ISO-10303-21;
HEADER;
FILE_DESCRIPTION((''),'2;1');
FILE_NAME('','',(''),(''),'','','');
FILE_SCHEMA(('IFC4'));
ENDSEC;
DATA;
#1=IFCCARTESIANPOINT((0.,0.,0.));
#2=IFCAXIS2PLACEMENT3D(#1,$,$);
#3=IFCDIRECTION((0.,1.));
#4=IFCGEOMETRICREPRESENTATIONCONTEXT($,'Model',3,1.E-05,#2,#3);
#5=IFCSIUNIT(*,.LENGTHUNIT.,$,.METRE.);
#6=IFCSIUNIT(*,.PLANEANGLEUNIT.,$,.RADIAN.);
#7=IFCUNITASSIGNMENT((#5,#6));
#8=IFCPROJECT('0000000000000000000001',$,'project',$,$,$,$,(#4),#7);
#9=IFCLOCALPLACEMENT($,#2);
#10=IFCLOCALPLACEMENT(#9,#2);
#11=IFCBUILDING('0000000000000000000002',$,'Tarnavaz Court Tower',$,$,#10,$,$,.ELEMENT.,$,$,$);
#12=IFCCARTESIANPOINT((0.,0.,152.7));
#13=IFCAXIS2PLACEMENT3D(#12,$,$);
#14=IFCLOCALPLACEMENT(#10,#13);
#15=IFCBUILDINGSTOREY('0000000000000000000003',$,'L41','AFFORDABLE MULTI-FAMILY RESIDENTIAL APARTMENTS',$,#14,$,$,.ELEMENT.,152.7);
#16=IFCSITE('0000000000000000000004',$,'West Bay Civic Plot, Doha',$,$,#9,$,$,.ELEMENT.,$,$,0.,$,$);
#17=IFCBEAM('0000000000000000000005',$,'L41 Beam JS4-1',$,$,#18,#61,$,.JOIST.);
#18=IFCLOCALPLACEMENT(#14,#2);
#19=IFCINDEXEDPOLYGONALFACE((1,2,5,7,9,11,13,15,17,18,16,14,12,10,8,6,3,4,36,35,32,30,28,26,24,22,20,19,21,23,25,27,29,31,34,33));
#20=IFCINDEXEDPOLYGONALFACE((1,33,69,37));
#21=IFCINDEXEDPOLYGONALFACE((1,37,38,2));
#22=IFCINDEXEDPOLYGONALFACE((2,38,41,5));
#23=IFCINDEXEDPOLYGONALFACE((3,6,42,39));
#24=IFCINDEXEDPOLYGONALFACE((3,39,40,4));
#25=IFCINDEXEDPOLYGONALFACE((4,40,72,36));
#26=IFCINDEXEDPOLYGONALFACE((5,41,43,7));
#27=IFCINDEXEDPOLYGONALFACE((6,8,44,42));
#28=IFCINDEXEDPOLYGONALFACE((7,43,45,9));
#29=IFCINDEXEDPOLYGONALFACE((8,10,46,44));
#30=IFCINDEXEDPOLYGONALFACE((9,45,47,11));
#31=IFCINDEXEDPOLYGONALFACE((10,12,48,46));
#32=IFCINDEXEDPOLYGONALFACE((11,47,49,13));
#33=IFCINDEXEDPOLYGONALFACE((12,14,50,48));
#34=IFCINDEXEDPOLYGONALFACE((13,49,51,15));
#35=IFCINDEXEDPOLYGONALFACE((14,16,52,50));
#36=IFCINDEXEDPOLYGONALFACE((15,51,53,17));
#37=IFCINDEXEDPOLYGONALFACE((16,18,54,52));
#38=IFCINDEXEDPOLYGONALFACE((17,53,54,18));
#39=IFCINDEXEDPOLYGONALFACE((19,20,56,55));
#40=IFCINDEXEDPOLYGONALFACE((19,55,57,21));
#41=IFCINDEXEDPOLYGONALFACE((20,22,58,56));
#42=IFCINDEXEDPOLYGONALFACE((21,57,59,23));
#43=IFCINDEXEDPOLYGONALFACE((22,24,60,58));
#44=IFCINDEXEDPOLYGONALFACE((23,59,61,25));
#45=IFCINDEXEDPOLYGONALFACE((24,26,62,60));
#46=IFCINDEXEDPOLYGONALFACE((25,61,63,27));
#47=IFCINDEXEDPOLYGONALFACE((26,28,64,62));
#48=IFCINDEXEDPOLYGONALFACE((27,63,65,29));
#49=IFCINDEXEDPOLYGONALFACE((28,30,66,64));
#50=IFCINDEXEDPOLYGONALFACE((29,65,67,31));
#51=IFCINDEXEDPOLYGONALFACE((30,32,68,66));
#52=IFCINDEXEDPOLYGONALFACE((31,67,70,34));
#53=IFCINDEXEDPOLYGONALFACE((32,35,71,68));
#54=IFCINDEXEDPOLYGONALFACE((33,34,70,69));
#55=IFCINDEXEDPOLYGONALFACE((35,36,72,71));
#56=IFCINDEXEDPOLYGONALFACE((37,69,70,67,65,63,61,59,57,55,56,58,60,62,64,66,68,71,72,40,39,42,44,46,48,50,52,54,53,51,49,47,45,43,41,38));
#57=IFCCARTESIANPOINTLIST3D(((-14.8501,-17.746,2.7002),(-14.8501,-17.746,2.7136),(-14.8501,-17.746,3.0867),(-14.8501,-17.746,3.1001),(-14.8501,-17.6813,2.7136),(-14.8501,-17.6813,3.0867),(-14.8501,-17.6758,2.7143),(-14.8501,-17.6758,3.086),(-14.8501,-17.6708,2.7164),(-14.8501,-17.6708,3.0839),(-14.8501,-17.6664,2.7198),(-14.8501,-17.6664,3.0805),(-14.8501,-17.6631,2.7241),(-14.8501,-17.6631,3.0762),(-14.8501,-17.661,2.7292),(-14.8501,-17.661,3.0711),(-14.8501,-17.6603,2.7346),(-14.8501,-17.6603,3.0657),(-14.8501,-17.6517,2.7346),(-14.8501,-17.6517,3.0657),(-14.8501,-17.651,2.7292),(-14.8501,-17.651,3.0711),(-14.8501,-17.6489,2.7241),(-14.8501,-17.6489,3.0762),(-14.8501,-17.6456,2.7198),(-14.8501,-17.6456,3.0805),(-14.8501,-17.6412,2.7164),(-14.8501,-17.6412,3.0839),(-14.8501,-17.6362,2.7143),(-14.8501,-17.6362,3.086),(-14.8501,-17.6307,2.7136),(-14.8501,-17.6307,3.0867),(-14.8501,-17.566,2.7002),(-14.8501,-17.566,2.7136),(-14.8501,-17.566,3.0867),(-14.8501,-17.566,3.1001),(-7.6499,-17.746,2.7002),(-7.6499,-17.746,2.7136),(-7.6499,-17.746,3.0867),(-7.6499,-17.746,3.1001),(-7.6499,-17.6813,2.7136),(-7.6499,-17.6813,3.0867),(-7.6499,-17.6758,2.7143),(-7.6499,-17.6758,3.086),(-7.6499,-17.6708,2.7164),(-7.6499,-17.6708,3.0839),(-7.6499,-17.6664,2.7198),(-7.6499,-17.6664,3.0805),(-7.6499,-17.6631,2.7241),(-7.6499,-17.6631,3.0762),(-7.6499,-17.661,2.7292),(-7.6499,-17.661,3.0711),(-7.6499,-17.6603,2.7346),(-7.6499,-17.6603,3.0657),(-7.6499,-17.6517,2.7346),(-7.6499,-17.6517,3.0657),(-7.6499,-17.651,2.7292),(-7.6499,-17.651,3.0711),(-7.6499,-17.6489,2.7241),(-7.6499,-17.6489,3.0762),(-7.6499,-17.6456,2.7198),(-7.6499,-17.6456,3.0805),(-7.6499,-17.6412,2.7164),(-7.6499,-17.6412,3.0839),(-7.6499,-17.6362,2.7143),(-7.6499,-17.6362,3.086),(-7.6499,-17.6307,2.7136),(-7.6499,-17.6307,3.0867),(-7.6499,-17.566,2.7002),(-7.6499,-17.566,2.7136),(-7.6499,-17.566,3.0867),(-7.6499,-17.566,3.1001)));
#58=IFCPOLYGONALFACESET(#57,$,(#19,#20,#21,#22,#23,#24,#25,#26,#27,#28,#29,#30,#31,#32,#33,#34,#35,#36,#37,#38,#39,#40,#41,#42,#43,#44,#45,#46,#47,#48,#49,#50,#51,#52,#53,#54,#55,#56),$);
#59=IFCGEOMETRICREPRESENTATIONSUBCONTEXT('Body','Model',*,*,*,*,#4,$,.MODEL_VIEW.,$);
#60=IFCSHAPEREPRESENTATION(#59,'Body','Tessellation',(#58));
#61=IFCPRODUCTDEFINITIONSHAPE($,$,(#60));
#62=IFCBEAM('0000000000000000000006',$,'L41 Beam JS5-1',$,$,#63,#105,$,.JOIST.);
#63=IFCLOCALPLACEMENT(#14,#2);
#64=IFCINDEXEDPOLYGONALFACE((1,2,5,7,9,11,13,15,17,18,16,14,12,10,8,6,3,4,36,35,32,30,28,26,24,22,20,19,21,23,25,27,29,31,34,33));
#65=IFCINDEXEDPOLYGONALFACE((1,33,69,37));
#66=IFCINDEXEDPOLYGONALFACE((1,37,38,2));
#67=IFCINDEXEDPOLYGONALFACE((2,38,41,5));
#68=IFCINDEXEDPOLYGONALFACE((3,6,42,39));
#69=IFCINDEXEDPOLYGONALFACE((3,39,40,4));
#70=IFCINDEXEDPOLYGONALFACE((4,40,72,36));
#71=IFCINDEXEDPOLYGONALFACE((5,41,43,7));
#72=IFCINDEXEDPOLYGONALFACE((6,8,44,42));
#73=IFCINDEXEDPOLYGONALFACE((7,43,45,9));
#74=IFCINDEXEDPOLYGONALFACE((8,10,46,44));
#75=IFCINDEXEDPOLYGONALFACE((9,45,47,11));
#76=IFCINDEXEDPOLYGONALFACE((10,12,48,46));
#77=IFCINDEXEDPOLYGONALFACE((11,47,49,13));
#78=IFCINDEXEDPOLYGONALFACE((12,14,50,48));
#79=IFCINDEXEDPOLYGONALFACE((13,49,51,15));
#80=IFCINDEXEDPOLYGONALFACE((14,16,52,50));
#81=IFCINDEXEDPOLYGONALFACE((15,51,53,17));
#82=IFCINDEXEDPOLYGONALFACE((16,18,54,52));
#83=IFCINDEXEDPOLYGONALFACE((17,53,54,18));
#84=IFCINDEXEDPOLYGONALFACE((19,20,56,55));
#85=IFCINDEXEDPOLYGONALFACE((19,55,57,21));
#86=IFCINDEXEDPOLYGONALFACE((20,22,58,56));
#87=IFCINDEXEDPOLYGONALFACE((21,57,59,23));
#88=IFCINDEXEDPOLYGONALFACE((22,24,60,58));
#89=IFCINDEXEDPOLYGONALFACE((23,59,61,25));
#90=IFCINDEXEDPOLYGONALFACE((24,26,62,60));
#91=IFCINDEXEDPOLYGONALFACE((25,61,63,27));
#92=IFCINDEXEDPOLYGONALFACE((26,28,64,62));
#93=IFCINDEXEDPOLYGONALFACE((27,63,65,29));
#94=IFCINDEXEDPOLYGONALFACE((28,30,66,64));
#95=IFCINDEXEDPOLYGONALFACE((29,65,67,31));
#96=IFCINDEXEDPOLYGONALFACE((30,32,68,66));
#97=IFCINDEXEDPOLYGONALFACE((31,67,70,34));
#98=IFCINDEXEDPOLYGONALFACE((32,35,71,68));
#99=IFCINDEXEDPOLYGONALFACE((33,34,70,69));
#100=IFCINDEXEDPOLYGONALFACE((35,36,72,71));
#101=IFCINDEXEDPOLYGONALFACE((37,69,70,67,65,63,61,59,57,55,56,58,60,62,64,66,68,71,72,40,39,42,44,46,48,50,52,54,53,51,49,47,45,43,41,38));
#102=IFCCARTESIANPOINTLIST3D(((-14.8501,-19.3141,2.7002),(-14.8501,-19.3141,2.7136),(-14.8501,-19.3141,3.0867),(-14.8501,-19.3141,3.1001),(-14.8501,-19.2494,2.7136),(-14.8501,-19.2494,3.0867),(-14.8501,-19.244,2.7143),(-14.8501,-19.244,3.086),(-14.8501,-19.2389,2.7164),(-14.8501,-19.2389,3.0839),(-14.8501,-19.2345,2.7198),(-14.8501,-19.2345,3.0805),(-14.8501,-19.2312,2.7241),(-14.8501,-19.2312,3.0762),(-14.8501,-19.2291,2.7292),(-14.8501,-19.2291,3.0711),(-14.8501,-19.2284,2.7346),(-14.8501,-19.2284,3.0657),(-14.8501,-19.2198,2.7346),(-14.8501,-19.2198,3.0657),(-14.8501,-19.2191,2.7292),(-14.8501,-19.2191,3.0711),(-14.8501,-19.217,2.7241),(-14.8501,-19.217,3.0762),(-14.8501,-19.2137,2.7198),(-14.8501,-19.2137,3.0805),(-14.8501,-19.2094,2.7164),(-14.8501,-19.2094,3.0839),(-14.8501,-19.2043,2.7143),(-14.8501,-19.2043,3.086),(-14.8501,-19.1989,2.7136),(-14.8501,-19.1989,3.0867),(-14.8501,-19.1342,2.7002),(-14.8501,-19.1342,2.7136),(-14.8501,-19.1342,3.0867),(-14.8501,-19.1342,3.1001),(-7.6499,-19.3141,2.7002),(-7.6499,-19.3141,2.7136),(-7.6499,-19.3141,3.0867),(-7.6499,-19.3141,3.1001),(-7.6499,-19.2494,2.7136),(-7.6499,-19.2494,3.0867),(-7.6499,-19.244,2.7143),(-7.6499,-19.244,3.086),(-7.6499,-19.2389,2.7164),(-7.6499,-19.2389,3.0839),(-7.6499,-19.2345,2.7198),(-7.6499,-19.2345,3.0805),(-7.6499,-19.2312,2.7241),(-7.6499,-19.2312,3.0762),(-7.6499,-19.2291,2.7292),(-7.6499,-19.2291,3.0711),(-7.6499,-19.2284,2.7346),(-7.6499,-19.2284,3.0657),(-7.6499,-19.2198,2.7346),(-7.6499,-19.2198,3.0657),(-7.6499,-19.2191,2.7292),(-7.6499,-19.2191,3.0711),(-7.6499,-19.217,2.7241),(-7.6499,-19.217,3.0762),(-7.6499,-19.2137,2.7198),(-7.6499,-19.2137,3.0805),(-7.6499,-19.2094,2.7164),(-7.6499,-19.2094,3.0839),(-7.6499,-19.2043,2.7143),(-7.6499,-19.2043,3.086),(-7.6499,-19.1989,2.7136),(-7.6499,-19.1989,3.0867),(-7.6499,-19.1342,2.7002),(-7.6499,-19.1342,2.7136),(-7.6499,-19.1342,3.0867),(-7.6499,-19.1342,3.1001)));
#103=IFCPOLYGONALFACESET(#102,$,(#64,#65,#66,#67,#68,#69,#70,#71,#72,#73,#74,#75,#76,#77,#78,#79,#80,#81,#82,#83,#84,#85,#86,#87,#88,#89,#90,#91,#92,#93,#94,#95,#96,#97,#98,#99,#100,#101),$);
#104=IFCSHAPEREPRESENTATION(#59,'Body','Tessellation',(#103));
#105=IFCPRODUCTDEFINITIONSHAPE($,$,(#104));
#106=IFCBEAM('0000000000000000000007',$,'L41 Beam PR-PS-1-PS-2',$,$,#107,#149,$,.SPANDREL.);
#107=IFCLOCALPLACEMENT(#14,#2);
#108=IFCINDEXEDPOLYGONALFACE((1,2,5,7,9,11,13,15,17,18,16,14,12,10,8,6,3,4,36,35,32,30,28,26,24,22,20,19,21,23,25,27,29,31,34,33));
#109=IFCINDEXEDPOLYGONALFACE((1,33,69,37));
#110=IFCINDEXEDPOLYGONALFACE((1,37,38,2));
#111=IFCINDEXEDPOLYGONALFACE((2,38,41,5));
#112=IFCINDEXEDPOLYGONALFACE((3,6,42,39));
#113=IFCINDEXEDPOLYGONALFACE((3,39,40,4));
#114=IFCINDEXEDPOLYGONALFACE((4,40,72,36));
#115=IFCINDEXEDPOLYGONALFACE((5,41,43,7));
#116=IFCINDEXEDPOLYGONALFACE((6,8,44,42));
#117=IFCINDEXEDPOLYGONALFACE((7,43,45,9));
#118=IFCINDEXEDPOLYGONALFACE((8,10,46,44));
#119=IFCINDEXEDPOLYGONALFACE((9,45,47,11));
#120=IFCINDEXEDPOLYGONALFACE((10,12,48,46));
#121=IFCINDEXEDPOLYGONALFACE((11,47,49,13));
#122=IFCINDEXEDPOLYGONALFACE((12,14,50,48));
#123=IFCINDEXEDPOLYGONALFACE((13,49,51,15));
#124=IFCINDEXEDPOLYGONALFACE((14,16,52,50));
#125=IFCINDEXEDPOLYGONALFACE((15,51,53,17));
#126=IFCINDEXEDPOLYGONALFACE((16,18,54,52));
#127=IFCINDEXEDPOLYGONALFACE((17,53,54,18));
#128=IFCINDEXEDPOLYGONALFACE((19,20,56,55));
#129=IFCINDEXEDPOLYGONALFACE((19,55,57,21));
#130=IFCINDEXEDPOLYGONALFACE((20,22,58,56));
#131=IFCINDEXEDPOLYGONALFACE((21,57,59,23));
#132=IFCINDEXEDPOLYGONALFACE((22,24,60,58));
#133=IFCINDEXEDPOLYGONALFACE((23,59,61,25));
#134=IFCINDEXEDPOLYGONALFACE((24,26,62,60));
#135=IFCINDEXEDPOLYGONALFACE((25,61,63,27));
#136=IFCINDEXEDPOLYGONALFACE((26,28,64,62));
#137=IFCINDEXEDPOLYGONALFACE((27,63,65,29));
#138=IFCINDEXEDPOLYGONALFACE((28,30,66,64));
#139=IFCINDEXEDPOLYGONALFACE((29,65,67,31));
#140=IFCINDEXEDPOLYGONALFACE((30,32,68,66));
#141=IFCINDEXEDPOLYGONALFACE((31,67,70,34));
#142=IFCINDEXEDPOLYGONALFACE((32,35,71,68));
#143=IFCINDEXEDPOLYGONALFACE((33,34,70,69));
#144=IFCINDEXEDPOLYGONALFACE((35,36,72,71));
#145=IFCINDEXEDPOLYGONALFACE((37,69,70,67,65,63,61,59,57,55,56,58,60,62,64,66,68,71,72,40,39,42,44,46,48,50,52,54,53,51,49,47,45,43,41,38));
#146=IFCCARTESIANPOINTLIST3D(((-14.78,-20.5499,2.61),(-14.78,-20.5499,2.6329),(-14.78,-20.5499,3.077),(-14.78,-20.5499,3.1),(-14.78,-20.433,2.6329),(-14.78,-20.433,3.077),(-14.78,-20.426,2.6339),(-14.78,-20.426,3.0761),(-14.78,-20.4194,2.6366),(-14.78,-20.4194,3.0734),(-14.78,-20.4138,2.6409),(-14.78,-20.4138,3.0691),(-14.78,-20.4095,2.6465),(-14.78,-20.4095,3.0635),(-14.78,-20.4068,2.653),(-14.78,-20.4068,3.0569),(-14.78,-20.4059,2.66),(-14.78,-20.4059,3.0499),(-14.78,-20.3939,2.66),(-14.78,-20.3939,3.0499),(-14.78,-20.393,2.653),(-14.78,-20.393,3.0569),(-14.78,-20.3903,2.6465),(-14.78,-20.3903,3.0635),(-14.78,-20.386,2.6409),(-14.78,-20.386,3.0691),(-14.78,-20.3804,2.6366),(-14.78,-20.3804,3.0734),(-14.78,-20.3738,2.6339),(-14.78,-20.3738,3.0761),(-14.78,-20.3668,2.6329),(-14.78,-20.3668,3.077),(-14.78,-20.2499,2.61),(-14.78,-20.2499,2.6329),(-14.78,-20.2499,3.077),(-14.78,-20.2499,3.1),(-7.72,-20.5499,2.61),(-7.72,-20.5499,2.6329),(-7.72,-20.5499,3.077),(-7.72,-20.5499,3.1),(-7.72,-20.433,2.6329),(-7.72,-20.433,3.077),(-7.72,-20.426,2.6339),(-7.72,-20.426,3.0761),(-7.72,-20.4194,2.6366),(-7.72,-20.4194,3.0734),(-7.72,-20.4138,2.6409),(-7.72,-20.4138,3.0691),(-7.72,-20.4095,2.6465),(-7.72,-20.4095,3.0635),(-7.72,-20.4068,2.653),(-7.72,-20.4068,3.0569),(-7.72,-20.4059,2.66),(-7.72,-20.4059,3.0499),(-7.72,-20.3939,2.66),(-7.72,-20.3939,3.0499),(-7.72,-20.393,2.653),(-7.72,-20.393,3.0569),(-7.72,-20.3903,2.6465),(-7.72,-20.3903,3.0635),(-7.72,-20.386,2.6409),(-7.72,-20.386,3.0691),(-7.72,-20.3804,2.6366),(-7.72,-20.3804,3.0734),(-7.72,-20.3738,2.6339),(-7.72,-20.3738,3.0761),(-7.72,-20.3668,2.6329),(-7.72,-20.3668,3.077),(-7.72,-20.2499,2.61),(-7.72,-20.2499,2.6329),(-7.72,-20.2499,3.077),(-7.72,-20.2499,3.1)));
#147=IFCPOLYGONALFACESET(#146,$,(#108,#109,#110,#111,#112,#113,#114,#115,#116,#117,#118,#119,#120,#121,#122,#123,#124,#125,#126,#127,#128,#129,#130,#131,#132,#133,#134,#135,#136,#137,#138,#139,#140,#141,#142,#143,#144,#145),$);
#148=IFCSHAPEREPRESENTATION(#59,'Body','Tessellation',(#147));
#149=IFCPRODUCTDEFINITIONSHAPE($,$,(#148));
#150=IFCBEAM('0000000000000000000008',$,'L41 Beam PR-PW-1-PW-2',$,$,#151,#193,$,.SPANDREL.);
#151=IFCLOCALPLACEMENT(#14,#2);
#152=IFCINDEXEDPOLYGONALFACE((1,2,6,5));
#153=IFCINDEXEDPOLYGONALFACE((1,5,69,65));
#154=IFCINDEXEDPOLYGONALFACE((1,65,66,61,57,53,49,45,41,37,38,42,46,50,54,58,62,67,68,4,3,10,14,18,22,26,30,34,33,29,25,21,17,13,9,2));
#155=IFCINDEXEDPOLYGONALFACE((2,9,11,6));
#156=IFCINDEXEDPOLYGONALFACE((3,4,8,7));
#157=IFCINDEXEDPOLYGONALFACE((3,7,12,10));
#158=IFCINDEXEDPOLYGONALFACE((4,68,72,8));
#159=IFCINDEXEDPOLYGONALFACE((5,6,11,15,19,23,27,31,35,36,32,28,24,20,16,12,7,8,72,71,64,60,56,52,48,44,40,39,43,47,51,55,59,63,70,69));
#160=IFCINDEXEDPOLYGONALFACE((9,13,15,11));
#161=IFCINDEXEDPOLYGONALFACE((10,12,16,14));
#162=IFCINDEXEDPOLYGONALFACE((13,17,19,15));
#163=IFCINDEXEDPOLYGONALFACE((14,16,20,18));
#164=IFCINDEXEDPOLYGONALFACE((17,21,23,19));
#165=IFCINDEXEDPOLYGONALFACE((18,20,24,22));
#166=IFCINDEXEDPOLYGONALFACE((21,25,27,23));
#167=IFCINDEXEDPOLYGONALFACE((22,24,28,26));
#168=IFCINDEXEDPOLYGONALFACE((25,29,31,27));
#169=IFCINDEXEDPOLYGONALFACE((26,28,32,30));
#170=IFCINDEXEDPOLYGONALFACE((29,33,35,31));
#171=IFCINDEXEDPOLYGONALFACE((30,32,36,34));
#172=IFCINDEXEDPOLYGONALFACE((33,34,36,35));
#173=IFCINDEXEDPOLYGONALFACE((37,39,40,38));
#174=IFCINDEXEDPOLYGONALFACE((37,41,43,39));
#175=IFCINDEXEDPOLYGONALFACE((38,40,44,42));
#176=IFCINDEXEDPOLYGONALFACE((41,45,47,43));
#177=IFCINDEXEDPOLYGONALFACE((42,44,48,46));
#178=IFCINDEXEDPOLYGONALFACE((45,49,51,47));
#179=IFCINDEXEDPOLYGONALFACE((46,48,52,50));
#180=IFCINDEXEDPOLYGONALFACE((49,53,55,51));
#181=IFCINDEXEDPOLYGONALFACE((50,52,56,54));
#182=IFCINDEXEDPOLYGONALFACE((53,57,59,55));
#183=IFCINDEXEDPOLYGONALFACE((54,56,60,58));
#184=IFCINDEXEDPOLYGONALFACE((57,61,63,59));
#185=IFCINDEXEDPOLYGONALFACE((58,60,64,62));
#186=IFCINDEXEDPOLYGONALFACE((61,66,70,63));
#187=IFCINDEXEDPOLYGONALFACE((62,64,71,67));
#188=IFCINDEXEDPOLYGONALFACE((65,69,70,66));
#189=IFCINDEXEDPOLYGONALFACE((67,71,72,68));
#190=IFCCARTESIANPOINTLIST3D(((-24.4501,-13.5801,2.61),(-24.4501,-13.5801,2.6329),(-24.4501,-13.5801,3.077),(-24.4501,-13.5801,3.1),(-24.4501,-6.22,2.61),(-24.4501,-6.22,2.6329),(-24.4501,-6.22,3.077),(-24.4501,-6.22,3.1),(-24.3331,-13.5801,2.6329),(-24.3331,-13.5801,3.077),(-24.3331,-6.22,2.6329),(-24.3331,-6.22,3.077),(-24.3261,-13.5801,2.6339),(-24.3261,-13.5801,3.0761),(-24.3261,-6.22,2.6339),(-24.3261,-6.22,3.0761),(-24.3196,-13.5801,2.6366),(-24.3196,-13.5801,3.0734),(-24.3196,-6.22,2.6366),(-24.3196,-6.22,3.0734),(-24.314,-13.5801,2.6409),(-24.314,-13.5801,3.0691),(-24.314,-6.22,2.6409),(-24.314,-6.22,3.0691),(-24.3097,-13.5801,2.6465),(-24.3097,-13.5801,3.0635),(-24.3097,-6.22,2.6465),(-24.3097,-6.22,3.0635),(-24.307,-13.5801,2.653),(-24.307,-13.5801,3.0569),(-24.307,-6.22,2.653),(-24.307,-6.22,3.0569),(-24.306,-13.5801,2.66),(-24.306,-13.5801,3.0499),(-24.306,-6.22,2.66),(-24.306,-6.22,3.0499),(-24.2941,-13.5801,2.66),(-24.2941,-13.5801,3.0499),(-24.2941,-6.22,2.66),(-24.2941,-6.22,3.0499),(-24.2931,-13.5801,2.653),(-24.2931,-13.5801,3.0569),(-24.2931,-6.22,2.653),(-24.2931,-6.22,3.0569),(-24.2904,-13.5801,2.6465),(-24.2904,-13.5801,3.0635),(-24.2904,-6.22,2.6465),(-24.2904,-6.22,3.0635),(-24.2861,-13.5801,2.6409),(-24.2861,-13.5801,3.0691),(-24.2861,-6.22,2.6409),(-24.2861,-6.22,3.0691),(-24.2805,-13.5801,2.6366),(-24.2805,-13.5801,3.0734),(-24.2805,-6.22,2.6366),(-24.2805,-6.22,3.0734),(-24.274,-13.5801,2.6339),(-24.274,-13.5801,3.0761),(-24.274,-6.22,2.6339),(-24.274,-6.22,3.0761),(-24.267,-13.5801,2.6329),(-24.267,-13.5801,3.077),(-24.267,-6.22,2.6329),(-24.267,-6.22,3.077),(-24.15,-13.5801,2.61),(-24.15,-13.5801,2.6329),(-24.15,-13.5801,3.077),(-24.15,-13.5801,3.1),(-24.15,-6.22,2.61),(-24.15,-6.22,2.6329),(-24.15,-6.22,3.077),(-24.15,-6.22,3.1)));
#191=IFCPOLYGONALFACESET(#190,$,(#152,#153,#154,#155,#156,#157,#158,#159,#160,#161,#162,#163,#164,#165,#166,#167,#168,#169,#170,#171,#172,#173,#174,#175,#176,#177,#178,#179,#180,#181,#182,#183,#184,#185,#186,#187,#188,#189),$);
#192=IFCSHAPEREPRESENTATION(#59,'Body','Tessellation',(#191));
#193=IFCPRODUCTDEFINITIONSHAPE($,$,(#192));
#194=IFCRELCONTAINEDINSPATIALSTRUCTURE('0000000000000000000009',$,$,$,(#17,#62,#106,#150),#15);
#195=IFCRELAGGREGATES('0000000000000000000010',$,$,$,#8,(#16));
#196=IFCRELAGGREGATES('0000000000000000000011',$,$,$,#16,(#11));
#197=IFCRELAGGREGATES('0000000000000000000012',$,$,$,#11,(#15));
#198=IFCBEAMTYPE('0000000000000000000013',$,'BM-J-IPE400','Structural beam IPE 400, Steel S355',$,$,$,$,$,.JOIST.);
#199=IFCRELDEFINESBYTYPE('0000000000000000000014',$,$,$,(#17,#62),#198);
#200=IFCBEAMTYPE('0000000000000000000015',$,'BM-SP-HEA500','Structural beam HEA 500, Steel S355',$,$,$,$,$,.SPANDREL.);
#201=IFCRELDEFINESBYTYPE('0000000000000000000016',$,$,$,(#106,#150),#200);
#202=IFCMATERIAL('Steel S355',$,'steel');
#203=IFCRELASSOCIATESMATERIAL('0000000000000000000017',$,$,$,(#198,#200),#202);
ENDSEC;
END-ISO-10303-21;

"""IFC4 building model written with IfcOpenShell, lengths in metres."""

from ifc_helpers import new_model, si_unit, direction, frame, origin, origin_2d, place, context, subcontext, project, spatial, i_section, extrude, material, material_profile, profile_set, type_object, element, save


model = new_model("IFC4")

# Units and contexts
model_context = context("Model", 3, precision=1e-05, world=origin(), true_north=direction((0.0, 1.0)))
body_context = subcontext(model_context, "Body", "Model", "MODEL_VIEW")
ifc_project = project(units=[si_unit("LENGTHUNIT", "METRE"), si_unit("PLANEANGLEUNIT", "RADIAN")], contexts=[model_context])

# Site, building, storey
site_placement = place(None, origin())
site = spatial("IfcSite", under=ifc_project, at=site_placement, Name="West Bay Civic Plot, Doha", CompositionType="ELEMENT", RefElevation=0.0)
building_placement = place(site_placement, origin())
building = spatial("IfcBuilding", under=site, at=building_placement, Name="Tarnavaz Court Tower", CompositionType="ELEMENT")
storey_placement = place(building_placement, frame((0.0, 0.0, 152.7)))
storey = spatial("IfcBuildingStorey", under=building, at=storey_placement, Name="L41", Description="AFFORDABLE MULTI-FAMILY RESIDENTIAL APARTMENTS", CompositionType="ELEMENT", Elevation=152.7)

# Beams
ifc_material_1 = material(Name="Steel S355", Category="steel")
ifc_material_profile_1 = material_profile(ifc_material_1, i_section(OverallWidth=0.1799, OverallDepth=0.3999, WebThickness=0.0085, FlangeThickness=0.0134, FilletRadius=0.021, at=origin_2d()), Name="IPE 400")
ifc_profile_set_1 = profile_set([ifc_material_profile_1], Name="Steel S355")
beam_type_1 = type_object("IfcBeamType", Name="BM-J-IPE400", Description="Structural beam IPE 400, Steel S355", PredefinedType="JOIST", material=ifc_profile_set_1)
for number, where, z_axis, x_axis, name in (
    (1, (-14.8501, -17.656, 2.9001), (1.0, 0.0, 0.0), (0.0, 1.0, 0.0), "L41 Beam JS4-1"),
    (2, (-14.8501, -19.2241, 2.9001), (1.0, 0.0, 0.0), (0.0, 1.0, 0.0), "L41 Beam JS5-1"),
):
    element("IfcBeam", number, at=place(storey_placement, frame(where, z_axis=z_axis, x_axis=x_axis)), inside=storey, type_object=beam_type_1, Name=name, PredefinedType="JOIST", context=body_context, shape_type="SweptSolid", body=[
        extrude(i_section(OverallWidth=0.1799, OverallDepth=0.3999, WebThickness=0.0085, FlangeThickness=0.0134, FilletRadius=0.021, at=origin_2d()), origin(), (0.0, 0.0, 1.0), 7.2002),
    ])
ifc_material_profile_2 = material_profile(ifc_material_1, i_section(OverallWidth=0.3, OverallDepth=0.49, WebThickness=0.012, FlangeThickness=0.0229, FilletRadius=0.0271, at=origin_2d()), Name="HEA 500")
ifc_profile_set_2 = profile_set([ifc_material_profile_2], Name="Steel S355")
beam_type_2 = type_object("IfcBeamType", Name="BM-SP-HEA500", Description="Structural beam HEA 500, Steel S355", PredefinedType="SPANDREL", material=ifc_profile_set_2)
beam_1_placement = place(storey_placement, frame((-14.78, -20.3999, 2.855), z_axis=(1.0, 0.0, 0.0), x_axis=(0.0, 1.0, 0.0)))
element("IfcBeam", 3, at=beam_1_placement, inside=storey, type_object=beam_type_2, Name="L41 Beam PR-PS-1-PS-2", PredefinedType="SPANDREL", context=body_context, shape_type="SweptSolid", body=[
    extrude(i_section(OverallWidth=0.3, OverallDepth=0.49, WebThickness=0.012, FlangeThickness=0.0229, FilletRadius=0.0271, at=origin_2d()), origin(), (0.0, 0.0, 1.0), 7.0601),
])
beam_2_placement = place(storey_placement, frame((-24.3, -13.5801, 2.855), z_axis=(0.0, 1.0, 0.0), x_axis=(-1.0, 0.0, 0.0)))
element("IfcBeam", 4, at=beam_2_placement, inside=storey, type_object=beam_type_2, Name="L41 Beam PR-PW-1-PW-2", PredefinedType="SPANDREL", context=body_context, shape_type="SweptSolid", body=[
    extrude(i_section(OverallWidth=0.3, OverallDepth=0.49, WebThickness=0.012, FlangeThickness=0.0229, FilletRadius=0.0271, at=origin_2d()), origin(), (0.0, 0.0, 1.0), 7.3601),
])

save(model, "model.ifc")
